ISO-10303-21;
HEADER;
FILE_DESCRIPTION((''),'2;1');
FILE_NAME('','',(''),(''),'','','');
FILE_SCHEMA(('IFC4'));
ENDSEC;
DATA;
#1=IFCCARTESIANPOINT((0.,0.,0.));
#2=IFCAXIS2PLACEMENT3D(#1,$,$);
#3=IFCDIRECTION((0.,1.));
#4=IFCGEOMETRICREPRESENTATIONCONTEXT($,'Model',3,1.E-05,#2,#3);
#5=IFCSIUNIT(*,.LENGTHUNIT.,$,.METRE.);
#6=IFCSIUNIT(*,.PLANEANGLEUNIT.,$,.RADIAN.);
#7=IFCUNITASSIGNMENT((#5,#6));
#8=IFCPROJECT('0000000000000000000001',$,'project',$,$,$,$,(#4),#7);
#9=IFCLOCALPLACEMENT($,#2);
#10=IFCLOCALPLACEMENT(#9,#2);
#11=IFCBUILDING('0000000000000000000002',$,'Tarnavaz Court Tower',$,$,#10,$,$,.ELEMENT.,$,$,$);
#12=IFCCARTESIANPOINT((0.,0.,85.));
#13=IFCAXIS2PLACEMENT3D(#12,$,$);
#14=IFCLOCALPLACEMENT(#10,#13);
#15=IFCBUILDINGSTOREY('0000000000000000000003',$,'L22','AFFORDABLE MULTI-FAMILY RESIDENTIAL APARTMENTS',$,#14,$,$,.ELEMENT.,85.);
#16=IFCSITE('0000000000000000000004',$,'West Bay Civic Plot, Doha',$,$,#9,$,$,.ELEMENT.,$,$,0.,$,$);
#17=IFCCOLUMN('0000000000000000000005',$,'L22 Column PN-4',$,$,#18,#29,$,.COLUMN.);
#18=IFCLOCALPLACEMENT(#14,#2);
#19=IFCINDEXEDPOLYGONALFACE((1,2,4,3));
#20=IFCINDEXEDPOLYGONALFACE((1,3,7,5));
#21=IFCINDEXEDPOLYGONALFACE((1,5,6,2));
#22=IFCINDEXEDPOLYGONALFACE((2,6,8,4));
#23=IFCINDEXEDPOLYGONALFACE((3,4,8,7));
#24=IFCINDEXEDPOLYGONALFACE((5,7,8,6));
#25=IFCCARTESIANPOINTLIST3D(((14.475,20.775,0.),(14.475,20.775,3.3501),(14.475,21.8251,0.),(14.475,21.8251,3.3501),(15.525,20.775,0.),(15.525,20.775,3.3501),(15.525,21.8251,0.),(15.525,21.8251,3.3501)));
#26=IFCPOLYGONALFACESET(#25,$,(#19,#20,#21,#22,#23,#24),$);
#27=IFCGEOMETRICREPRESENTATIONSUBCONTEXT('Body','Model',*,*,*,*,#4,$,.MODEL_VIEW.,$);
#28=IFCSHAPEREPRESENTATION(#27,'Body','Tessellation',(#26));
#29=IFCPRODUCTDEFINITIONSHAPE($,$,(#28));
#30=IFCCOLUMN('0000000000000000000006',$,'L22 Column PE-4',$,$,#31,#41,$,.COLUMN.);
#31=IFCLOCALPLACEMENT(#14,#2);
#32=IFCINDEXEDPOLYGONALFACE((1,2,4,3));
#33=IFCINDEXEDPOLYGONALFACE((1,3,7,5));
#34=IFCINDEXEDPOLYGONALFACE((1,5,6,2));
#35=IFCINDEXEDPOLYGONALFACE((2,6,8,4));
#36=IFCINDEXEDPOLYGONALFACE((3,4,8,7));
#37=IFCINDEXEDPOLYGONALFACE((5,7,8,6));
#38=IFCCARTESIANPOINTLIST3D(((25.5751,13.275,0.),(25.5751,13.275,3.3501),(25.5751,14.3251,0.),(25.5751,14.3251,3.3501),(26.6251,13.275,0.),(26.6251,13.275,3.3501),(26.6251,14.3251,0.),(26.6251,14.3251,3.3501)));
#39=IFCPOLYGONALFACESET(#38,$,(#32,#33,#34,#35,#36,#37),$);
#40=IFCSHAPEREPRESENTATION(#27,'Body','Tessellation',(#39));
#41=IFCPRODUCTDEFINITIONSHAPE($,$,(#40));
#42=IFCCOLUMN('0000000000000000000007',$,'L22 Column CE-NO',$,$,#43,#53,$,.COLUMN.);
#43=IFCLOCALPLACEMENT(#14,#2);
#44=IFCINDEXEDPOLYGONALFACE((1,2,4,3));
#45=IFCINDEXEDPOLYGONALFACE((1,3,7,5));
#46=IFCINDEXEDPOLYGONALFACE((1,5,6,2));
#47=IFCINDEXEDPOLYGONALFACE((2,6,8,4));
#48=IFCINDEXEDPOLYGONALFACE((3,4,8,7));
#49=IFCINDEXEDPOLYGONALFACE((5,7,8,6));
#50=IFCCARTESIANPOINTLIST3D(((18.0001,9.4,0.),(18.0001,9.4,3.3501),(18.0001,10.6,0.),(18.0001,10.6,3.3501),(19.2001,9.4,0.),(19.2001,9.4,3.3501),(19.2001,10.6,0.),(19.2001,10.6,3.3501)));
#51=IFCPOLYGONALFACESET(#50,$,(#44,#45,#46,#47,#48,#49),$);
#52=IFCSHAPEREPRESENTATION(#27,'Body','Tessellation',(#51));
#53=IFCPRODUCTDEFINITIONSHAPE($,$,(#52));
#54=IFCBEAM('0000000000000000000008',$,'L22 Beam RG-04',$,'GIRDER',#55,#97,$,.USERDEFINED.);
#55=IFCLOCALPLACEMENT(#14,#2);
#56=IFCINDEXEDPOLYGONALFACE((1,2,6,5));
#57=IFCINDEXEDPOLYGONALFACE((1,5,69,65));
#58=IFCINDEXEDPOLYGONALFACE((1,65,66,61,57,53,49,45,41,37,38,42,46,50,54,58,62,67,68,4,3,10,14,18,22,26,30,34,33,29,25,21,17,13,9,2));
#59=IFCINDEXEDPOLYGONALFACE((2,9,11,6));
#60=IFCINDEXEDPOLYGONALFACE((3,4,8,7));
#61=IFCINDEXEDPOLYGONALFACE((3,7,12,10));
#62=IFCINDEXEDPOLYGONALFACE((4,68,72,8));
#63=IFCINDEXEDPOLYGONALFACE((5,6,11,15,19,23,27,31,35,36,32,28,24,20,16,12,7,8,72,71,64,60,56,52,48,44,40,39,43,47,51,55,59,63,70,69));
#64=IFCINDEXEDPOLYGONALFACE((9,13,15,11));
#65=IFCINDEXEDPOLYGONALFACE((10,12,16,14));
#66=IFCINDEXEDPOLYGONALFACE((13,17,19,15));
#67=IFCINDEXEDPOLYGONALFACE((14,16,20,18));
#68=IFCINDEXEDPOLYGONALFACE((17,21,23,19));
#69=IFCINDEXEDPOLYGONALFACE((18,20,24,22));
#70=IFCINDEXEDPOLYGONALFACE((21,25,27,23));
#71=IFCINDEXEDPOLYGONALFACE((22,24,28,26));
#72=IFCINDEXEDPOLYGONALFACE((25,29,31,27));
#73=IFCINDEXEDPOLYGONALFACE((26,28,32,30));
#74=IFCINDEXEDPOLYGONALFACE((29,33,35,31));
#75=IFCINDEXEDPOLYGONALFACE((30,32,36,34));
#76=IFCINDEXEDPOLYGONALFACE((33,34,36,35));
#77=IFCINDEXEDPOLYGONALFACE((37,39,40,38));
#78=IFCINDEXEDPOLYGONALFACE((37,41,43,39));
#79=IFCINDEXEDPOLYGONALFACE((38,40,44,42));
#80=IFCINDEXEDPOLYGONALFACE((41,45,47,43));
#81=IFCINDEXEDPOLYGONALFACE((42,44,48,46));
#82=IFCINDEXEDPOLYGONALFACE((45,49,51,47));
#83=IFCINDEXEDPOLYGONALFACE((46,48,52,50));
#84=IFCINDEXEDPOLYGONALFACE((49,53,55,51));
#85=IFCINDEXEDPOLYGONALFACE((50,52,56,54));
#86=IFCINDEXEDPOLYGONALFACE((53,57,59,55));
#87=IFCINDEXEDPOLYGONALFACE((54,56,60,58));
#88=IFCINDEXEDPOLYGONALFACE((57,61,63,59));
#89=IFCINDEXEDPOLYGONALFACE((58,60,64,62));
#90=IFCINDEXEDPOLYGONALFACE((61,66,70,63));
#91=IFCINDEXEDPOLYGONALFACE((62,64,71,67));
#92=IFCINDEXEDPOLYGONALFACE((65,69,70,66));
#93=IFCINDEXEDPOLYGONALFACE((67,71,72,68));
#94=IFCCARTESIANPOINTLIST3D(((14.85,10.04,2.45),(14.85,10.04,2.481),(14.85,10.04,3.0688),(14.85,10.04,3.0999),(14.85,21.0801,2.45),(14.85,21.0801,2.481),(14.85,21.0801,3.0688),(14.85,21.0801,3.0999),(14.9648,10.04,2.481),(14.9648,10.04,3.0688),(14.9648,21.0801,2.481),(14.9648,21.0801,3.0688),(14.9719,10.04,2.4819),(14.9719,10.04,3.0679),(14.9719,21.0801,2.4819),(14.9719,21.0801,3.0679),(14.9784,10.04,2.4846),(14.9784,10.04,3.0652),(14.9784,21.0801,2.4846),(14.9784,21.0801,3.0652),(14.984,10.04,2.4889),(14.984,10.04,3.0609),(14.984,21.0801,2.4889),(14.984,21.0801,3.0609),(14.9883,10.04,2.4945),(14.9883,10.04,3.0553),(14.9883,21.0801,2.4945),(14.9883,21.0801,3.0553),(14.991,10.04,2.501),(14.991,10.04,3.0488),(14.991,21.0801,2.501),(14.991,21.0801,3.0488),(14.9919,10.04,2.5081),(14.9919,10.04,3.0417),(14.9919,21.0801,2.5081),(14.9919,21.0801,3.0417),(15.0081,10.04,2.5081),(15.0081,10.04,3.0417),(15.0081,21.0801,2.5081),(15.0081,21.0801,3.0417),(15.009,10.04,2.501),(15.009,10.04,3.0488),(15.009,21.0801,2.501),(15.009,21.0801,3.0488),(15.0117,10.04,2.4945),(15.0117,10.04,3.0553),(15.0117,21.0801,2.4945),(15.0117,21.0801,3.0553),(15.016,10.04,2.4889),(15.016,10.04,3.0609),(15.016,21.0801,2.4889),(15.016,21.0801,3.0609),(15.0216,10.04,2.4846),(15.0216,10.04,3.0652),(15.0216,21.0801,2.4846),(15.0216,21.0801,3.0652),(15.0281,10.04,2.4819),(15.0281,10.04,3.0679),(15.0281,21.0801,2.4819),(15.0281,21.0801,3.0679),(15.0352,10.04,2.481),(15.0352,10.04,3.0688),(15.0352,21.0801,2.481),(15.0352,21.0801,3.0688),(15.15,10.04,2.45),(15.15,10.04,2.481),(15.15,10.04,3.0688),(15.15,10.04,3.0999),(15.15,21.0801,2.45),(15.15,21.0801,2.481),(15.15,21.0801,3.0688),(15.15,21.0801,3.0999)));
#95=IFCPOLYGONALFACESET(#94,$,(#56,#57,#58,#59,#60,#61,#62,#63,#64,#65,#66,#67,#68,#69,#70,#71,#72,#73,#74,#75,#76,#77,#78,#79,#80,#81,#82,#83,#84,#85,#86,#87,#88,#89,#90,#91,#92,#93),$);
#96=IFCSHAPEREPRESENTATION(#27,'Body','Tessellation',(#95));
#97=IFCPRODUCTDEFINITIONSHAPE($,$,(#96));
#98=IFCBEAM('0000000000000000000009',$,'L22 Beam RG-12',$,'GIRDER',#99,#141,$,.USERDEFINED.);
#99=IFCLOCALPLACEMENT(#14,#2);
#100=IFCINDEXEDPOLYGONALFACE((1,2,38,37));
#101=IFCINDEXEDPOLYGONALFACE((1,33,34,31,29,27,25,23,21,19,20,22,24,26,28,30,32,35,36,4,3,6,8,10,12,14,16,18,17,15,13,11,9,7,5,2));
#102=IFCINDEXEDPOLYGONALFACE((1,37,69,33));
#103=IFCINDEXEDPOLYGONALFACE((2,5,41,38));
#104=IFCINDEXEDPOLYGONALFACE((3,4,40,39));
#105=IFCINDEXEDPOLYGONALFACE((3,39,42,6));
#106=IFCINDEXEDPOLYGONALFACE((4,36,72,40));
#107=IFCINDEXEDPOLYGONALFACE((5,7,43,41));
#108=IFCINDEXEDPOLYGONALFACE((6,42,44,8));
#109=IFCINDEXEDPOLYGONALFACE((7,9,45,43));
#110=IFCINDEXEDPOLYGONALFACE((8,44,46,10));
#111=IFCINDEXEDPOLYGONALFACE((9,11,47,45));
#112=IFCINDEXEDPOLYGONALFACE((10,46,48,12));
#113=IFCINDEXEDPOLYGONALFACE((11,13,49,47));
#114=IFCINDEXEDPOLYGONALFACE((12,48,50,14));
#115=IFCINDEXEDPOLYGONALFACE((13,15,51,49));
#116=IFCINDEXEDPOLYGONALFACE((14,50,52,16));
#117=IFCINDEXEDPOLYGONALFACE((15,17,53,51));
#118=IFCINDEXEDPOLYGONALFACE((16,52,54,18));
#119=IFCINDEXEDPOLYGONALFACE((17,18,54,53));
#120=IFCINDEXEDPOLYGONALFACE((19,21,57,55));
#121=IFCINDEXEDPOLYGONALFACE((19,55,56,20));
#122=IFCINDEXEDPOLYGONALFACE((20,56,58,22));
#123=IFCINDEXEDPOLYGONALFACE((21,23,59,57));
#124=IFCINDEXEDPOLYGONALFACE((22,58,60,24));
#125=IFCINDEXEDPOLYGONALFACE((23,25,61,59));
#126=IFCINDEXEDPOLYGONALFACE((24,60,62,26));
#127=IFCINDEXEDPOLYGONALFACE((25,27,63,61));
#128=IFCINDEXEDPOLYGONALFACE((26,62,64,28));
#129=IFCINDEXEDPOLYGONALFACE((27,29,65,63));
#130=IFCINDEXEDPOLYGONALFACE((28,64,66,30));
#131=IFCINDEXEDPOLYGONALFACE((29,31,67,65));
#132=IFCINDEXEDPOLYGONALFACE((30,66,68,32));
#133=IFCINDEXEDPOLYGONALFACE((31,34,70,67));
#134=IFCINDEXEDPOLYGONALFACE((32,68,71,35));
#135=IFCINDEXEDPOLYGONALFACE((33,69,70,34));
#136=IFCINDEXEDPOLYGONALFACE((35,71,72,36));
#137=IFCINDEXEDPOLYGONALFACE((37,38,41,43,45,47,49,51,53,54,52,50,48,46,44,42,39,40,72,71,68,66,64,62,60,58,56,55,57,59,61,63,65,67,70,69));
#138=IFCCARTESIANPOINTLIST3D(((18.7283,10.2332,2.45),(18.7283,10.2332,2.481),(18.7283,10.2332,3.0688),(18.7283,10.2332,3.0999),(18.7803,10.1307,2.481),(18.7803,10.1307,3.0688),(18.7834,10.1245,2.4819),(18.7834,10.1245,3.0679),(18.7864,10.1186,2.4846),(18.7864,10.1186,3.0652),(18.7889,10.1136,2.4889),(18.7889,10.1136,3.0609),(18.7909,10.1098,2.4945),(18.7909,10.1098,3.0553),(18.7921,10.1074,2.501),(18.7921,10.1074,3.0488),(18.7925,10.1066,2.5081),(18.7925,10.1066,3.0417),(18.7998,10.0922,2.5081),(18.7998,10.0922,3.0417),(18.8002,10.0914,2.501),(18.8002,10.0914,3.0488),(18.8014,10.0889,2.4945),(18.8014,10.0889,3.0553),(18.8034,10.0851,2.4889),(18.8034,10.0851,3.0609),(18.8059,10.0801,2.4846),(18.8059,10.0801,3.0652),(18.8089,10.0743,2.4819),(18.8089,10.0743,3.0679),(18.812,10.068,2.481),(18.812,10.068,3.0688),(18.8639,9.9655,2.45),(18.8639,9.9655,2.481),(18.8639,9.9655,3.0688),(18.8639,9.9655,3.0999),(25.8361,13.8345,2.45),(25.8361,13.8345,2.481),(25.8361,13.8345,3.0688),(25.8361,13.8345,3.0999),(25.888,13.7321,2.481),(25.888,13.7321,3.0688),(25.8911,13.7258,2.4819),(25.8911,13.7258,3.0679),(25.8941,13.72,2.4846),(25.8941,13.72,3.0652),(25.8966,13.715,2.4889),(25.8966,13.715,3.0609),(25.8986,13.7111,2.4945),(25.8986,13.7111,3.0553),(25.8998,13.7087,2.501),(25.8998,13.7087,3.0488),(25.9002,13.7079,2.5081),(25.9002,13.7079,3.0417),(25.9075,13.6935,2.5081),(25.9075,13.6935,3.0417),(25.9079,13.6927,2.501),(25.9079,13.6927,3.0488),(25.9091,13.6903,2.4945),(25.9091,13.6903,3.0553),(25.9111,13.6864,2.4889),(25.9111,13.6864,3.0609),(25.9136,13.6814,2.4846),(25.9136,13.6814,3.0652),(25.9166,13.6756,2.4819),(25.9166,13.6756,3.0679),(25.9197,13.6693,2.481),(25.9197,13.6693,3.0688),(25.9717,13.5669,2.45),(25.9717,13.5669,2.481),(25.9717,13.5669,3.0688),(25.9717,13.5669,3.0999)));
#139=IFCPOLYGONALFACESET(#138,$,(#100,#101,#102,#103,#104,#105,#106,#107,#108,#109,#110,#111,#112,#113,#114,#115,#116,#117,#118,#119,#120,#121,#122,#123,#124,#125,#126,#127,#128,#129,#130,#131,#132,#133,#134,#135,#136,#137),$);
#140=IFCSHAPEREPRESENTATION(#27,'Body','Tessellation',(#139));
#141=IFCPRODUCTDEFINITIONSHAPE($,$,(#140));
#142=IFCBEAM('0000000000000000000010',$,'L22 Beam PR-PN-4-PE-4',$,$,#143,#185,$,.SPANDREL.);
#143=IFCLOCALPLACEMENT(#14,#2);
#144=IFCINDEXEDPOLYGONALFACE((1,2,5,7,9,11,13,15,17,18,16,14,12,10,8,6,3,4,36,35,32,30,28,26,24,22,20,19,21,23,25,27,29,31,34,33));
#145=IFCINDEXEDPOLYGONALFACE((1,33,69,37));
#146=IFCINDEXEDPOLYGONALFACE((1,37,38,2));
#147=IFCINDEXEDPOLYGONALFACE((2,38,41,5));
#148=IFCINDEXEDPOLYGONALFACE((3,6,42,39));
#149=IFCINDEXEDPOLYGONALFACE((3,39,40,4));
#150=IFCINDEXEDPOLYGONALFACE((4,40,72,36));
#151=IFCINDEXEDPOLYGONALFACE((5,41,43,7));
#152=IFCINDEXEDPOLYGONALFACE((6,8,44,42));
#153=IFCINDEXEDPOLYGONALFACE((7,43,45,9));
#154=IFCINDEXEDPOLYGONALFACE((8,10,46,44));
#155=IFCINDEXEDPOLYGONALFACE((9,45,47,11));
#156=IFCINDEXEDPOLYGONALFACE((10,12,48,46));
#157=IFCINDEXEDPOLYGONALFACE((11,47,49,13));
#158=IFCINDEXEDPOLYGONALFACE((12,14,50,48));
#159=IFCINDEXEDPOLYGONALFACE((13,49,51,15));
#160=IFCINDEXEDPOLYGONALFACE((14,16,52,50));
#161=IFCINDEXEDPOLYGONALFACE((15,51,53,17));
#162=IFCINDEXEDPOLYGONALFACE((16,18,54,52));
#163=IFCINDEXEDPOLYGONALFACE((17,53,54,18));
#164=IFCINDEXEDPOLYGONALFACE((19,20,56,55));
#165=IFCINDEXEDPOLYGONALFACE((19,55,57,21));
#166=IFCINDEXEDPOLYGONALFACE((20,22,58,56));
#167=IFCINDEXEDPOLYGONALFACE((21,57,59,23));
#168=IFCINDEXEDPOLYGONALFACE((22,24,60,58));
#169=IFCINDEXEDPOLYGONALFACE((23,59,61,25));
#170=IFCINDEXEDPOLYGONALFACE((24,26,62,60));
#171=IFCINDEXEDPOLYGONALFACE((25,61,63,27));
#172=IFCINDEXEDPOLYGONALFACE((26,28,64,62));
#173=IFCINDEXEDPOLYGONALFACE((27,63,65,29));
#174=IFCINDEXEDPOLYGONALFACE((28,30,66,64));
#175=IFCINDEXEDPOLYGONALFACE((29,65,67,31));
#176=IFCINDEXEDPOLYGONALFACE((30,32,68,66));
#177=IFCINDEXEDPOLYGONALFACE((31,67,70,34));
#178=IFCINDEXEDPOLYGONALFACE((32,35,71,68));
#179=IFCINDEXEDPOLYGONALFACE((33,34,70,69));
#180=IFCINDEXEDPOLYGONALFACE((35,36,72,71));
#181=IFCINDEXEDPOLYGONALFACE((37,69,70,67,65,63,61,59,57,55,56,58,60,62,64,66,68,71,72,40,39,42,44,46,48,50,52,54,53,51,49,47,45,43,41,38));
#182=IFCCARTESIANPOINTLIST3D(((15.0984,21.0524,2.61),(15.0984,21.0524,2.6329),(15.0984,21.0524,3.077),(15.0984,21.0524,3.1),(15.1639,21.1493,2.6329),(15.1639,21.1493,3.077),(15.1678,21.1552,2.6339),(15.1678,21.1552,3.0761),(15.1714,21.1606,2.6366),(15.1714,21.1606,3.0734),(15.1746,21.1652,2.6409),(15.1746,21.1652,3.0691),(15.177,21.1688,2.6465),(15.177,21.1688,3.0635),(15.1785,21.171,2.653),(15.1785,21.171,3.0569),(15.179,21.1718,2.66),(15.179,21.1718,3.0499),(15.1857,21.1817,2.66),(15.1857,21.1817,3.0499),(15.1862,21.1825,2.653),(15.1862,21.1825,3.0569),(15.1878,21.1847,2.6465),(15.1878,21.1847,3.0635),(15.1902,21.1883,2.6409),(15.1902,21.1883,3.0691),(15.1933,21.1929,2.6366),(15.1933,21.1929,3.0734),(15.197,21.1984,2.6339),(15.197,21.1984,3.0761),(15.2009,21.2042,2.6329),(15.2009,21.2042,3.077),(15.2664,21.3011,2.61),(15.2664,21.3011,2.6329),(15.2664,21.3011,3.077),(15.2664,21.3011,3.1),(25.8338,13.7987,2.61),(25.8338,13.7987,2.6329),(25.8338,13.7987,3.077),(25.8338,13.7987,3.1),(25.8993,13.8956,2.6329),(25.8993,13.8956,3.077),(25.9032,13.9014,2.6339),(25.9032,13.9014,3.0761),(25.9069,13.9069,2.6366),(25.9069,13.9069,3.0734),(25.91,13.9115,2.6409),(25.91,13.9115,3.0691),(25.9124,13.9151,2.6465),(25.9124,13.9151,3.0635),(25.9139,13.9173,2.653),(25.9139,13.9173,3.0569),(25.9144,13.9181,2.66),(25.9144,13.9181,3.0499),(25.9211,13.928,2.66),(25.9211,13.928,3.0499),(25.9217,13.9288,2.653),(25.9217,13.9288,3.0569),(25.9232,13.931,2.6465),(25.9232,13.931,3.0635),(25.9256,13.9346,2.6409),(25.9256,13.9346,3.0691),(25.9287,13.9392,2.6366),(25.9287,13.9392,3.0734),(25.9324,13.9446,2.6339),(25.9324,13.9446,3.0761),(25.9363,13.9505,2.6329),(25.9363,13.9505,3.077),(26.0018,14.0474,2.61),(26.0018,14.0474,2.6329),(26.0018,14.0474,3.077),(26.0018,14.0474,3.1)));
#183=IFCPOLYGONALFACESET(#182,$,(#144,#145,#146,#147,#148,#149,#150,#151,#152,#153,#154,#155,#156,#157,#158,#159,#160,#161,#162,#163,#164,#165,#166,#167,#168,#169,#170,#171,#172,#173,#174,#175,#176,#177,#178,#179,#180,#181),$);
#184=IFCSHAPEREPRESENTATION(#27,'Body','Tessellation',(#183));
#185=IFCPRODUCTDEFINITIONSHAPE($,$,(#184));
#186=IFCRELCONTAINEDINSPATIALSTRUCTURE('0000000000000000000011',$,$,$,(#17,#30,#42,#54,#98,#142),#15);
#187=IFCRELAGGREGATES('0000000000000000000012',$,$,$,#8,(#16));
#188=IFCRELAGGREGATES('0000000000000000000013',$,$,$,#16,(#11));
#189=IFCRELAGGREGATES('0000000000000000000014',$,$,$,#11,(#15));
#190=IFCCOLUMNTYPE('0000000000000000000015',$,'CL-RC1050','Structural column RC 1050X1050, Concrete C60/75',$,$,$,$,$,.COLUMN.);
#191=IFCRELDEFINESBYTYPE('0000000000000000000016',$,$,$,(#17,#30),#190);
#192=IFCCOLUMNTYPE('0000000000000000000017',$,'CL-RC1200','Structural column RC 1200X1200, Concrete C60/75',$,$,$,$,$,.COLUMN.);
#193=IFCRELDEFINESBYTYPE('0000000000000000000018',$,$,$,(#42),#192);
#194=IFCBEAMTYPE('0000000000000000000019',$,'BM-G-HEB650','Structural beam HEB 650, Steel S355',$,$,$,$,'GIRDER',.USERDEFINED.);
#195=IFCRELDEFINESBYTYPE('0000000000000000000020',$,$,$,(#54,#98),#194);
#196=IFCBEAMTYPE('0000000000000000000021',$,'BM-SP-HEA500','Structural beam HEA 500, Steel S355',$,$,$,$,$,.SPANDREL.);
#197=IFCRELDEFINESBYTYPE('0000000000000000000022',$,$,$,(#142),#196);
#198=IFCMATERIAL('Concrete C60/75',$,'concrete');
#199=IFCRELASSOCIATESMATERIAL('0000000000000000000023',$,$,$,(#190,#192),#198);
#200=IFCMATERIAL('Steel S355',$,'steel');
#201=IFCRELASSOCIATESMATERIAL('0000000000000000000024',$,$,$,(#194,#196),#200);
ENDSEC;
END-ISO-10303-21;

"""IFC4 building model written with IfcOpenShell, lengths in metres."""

from ifc_helpers import new_model, si_unit, direction, frame, origin, origin_2d, place, context, subcontext, project, spatial, rectangle, i_section, extrude, material, material_profile, profile_set, type_object, element, save


model = new_model("IFC4")

# Units and contexts
model_context = context("Model", 3, precision=1e-05, world=origin(), true_north=direction((0.0, 1.0)))
body_context = subcontext(model_context, "Body", "Model", "MODEL_VIEW")
ifc_project = project(units=[si_unit("LENGTHUNIT", "METRE"), si_unit("PLANEANGLEUNIT", "RADIAN")], contexts=[model_context])

# Site, building, storey
site_placement = place(None, origin())
site = spatial("IfcSite", under=ifc_project, at=site_placement, Name="West Bay Civic Plot, Doha", CompositionType="ELEMENT", RefElevation=0.0)
building_placement = place(site_placement, origin())
building = spatial("IfcBuilding", under=site, at=building_placement, Name="Tarnavaz Court Tower", CompositionType="ELEMENT")
storey_placement = place(building_placement, frame((0.0, 0.0, 85.0)))
storey = spatial("IfcBuildingStorey", under=building, at=storey_placement, Name="L22", Description="AFFORDABLE MULTI-FAMILY RESIDENTIAL APARTMENTS", CompositionType="ELEMENT", Elevation=85.0)

# Columns
ifc_material_1 = material(Name="Concrete C60/75", Category="concrete")
ifc_material_profile_1 = material_profile(ifc_material_1, rectangle(XDim=1.05, YDim=1.05, at=origin_2d()), Name="RC 1050X1050")
ifc_profile_set_1 = profile_set([ifc_material_profile_1], Name="Concrete C60/75")
column_type_1 = type_object("IfcColumnType", Name="CL-RC1050", Description="Structural column RC 1050X1050, Concrete C60/75", PredefinedType="COLUMN", material=ifc_profile_set_1)
for number, where, z_axis, x_axis, name in (
    (1, (15.0, 21.3, 0.0), (0.0, 0.0, 1.0), (1.0, 0.0, 0.0), "L22 Column PN-4"),
    (2, (26.1001, 13.8, 0.0), (0.0, 0.0, 1.0), (1.0, 0.0, 0.0), "L22 Column PE-4"),
):
    element("IfcColumn", number, at=place(storey_placement, frame(where, z_axis=z_axis, x_axis=x_axis)), inside=storey, type_object=column_type_1, Name=name, PredefinedType="COLUMN", context=body_context, shape_type="SweptSolid", body=[
        extrude(rectangle(XDim=1.05, YDim=1.05, at=origin_2d()), origin(), (0.0, 0.0, 1.0), 3.3501),
    ])
ifc_material_profile_2 = material_profile(ifc_material_1, rectangle(XDim=1.2, YDim=1.2, at=origin_2d()), Name="RC 1200X1200")
ifc_profile_set_2 = profile_set([ifc_material_profile_2], Name="Concrete C60/75")
column_type_2 = type_object("IfcColumnType", Name="CL-RC1200", Description="Structural column RC 1200X1200, Concrete C60/75", PredefinedType="COLUMN", material=ifc_profile_set_2)
column_placement = place(storey_placement, frame((18.6001, 10.0, 0.0), z_axis=(0.0, 0.0, 1.0), x_axis=(1.0, 0.0, 0.0)))
element("IfcColumn", 3, at=column_placement, inside=storey, type_object=column_type_2, Name="L22 Column CE-NO", PredefinedType="COLUMN", context=body_context, shape_type="SweptSolid", body=[
    extrude(rectangle(XDim=1.2, YDim=1.2, at=origin_2d()), origin(), (0.0, 0.0, 1.0), 3.3501),
])

# Beams
ifc_material_2 = material(Name="Steel S355", Category="steel")
ifc_material_profile_3 = material_profile(ifc_material_2, i_section(OverallWidth=0.3, OverallDepth=0.6499, WebThickness=0.0161, FlangeThickness=0.031, FilletRadius=0.0271, at=origin_2d()), Name="HEB 650")
ifc_profile_set_3 = profile_set([ifc_material_profile_3], Name="Steel S355")
beam_type_1 = type_object("IfcBeamType", Name="BM-G-HEB650", Description="Structural beam HEB 650, Steel S355", ElementType="GIRDER", PredefinedType="USERDEFINED", material=ifc_profile_set_3)
beam_1_placement = place(storey_placement, frame((15.0, 10.04, 2.7749), z_axis=(0.0, 1.0, 0.0), x_axis=(-1.0, 0.0, 0.0)))
element("IfcBeam", 4, at=beam_1_placement, inside=storey, type_object=beam_type_1, Name="L22 Beam RG-04", ObjectType="GIRDER", PredefinedType="USERDEFINED", context=body_context, shape_type="SweptSolid", body=[
    extrude(i_section(OverallWidth=0.3, OverallDepth=0.6499, WebThickness=0.0161, FlangeThickness=0.031, FilletRadius=0.0271, at=origin_2d()), origin(), (0.0, 0.0, 1.0), 11.04),
])
beam_2_placement = place(storey_placement, frame((18.7961, 10.0994, 2.7749), z_axis=(0.892031, 0.451975, 0.0), x_axis=(-0.451975, 0.892031, 0.0)))
element("IfcBeam", 5, at=beam_2_placement, inside=storey, type_object=beam_type_1, Name="L22 Beam RG-12", ObjectType="GIRDER", PredefinedType="USERDEFINED", context=body_context, shape_type="SweptSolid", body=[
    extrude(i_section(OverallWidth=0.3, OverallDepth=0.6499, WebThickness=0.0161, FlangeThickness=0.031, FilletRadius=0.0271, at=origin_2d()), origin(), (0.0, 0.0, 1.0), 7.968),
])
ifc_material_profile_4 = material_profile(ifc_material_2, i_section(OverallWidth=0.3, OverallDepth=0.49, WebThickness=0.012, FlangeThickness=0.0229, FilletRadius=0.0271, at=origin_2d()), Name="HEA 500")
ifc_profile_set_4 = profile_set([ifc_material_profile_4], Name="Steel S355")
beam_type_2 = type_object("IfcBeamType", Name="BM-SP-HEA500", Description="Structural beam HEA 500, Steel S355", PredefinedType="SPANDREL", material=ifc_profile_set_4)
beam_3_placement = place(storey_placement, frame((15.1824, 21.1768, 2.855), z_axis=(0.828587, -0.55986, 0.0), x_axis=(0.55986, 0.828587, 0.0)))
element("IfcBeam", 6, at=beam_3_placement, inside=storey, type_object=beam_type_2, Name="L22 Beam PR-PN-4-PE-4", PredefinedType="SPANDREL", context=body_context, shape_type="SweptSolid", body=[
    extrude(i_section(OverallWidth=0.3, OverallDepth=0.49, WebThickness=0.012, FlangeThickness=0.0229, FilletRadius=0.0271, at=origin_2d()), origin(), (0.0, 0.0, 1.0), 12.9563),
])

save(model, "model.ifc")
